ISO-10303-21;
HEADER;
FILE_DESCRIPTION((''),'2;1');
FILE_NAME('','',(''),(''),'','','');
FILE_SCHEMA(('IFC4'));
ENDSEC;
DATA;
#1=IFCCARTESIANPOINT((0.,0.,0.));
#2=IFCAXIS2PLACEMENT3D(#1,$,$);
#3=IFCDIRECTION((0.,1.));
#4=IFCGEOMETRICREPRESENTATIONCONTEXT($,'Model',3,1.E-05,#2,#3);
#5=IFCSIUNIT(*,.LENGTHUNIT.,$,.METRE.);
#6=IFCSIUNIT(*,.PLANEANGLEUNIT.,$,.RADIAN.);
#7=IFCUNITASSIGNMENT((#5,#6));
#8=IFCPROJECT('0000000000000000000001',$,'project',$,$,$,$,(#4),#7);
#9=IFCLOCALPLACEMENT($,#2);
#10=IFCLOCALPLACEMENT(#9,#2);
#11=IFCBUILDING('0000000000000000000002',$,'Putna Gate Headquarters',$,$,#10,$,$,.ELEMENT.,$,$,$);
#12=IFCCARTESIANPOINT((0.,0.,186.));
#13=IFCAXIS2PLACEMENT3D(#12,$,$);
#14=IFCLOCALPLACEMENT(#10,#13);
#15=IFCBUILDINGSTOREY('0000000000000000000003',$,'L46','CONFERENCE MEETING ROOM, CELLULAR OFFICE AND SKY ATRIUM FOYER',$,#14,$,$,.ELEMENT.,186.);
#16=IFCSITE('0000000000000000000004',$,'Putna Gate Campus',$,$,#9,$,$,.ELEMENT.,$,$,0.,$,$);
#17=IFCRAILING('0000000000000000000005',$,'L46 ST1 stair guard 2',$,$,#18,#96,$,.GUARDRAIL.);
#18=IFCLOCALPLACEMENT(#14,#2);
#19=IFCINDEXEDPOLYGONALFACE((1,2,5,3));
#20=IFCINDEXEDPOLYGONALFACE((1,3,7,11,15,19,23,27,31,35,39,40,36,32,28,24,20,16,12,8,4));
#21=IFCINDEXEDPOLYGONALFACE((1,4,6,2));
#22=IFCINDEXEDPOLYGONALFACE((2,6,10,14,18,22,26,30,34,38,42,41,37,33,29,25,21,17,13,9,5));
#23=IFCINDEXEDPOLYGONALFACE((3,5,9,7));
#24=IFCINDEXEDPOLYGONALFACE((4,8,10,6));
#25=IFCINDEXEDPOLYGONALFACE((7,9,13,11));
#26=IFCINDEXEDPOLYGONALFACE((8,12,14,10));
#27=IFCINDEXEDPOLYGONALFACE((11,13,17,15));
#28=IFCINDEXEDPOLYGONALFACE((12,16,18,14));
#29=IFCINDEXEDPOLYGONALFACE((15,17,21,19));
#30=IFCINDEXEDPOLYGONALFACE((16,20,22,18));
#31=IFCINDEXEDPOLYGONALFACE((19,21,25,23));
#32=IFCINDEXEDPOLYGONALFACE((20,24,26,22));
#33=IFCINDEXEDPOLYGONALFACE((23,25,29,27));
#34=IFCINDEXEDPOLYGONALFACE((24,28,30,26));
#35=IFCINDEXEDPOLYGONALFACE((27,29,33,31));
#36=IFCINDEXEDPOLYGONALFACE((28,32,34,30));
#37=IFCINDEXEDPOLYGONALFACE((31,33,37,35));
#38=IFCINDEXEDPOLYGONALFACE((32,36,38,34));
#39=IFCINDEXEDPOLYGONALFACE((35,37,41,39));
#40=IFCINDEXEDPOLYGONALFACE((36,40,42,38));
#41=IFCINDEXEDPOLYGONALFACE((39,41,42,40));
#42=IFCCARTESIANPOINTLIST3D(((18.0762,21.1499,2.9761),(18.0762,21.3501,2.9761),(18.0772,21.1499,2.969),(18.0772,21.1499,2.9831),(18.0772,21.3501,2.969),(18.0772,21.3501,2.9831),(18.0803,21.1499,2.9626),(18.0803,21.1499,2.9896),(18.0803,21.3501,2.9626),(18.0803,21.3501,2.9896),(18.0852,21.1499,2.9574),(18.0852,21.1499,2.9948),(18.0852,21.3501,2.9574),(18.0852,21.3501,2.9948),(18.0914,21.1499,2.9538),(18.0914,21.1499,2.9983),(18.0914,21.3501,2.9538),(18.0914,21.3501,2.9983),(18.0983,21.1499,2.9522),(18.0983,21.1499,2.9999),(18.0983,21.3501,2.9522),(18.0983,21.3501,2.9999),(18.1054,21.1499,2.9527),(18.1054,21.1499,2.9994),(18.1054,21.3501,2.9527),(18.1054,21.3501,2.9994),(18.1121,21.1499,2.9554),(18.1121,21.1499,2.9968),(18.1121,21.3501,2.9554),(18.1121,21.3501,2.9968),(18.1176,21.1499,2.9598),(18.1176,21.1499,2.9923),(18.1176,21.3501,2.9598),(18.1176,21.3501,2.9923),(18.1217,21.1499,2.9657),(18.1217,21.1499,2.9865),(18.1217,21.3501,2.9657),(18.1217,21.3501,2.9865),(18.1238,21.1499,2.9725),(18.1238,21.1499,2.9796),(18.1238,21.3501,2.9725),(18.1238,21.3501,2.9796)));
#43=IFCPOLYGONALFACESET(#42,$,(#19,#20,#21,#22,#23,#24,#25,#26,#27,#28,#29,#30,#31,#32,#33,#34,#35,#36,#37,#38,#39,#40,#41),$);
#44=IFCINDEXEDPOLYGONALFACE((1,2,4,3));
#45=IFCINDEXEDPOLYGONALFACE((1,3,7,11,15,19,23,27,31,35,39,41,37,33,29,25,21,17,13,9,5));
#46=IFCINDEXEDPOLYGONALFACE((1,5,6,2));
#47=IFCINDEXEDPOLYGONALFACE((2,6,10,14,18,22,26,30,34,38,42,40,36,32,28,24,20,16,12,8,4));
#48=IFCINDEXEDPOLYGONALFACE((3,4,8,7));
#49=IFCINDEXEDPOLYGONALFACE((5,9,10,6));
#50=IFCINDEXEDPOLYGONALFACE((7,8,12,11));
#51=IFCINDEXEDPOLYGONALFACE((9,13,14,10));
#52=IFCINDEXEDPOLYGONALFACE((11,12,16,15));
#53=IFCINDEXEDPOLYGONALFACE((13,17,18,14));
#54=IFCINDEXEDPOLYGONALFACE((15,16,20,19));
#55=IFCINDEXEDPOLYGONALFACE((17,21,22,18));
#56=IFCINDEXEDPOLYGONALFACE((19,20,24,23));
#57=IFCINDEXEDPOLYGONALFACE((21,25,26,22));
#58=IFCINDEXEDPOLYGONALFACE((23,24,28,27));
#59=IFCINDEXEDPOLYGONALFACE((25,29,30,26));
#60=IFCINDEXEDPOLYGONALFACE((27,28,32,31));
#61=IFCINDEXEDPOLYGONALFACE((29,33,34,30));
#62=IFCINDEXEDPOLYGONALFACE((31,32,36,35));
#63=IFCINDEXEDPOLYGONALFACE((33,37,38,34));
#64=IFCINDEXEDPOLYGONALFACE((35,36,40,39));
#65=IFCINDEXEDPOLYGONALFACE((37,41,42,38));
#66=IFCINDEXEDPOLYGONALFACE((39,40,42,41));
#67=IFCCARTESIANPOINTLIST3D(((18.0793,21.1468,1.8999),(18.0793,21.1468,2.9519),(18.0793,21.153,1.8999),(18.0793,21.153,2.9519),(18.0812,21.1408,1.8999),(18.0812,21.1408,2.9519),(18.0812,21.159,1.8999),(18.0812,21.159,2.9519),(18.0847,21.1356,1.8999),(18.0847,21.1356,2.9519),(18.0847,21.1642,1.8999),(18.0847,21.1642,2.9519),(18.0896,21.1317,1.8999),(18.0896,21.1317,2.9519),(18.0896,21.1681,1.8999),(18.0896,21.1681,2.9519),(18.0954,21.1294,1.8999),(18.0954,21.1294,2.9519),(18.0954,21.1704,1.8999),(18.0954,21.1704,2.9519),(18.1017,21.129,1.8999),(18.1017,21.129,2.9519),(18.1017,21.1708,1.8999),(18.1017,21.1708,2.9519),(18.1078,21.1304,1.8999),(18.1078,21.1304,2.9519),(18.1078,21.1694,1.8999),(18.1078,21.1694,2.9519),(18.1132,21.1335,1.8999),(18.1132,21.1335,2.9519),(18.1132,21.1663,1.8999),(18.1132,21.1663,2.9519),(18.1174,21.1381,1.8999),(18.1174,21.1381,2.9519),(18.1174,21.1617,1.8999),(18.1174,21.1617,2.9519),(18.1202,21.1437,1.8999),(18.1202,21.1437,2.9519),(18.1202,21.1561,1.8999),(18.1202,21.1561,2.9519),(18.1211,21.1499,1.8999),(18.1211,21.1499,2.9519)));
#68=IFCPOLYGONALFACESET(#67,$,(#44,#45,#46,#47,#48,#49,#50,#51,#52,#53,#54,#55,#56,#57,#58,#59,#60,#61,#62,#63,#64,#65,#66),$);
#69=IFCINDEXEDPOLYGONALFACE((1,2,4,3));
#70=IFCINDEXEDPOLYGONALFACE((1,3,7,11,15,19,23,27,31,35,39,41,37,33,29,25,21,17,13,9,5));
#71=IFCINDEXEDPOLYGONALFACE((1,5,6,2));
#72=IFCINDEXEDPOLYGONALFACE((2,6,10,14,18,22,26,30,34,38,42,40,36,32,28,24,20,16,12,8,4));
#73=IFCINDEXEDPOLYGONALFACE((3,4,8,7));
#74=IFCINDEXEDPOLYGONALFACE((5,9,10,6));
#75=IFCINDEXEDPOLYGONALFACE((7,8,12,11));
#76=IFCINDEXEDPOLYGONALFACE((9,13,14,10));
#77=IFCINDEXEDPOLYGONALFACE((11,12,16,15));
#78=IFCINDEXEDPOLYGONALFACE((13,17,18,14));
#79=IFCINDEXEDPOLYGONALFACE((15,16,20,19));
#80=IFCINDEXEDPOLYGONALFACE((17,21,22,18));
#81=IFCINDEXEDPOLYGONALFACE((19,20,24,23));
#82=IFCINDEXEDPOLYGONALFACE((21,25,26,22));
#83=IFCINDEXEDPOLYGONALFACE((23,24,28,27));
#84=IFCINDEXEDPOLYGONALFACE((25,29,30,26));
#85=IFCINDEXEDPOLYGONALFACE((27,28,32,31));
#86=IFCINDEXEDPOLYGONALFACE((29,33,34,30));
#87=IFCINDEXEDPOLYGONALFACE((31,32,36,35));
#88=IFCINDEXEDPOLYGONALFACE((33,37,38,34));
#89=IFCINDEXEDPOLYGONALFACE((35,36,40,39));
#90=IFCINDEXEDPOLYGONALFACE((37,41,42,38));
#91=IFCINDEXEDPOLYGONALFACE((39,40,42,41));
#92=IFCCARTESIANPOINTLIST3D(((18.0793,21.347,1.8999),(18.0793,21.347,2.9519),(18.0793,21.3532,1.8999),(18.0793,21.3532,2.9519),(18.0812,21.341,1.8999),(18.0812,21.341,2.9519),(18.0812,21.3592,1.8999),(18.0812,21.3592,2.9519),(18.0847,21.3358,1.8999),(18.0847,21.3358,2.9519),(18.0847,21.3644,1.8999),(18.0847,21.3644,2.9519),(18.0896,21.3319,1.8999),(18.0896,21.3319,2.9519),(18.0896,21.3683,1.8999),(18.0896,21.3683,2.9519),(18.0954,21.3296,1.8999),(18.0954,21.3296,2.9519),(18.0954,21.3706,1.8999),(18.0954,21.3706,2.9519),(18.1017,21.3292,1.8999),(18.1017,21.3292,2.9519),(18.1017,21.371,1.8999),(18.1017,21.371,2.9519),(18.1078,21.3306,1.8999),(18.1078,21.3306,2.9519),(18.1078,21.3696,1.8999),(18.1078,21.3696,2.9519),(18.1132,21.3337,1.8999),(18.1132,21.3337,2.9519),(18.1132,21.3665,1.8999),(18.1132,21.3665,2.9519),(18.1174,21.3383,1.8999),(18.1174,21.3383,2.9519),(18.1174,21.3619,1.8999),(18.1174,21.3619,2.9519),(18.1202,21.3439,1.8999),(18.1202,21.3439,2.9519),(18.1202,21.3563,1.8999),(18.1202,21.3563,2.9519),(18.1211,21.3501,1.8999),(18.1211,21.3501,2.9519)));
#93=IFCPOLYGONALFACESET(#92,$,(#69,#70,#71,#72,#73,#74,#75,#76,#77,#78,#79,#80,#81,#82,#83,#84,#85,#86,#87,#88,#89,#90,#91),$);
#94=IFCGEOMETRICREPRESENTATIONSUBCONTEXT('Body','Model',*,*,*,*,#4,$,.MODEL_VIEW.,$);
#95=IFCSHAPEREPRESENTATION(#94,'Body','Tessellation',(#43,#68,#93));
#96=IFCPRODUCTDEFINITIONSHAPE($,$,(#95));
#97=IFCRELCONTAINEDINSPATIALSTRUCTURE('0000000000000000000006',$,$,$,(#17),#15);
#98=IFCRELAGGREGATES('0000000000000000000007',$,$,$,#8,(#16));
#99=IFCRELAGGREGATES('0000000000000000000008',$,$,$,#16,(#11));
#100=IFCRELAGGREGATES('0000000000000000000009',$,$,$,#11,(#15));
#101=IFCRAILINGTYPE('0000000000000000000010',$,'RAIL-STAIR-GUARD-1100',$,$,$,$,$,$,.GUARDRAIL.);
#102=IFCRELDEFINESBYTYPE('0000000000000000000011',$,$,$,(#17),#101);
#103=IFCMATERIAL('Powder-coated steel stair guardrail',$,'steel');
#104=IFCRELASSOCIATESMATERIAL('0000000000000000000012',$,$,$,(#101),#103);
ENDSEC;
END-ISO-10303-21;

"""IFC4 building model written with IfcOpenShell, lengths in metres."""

from ifc_helpers import new_model, si_unit, direction, frame, origin, origin_2d, place, context, subcontext, project, spatial, circle, extrude, material, type_object, element, save


model = new_model("IFC4")

# Units and contexts
model_context = context("Model", 3, precision=1e-05, world=origin(), true_north=direction((0.0, 1.0)))
body_context = subcontext(model_context, "Body", "Model", "MODEL_VIEW")
ifc_project = project(units=[si_unit("LENGTHUNIT", "METRE"), si_unit("PLANEANGLEUNIT", "RADIAN")], contexts=[model_context])

# Site, building, storey
site_placement = place(None, origin())
site = spatial("IfcSite", under=ifc_project, at=site_placement, Name="Putna Gate Campus", CompositionType="ELEMENT", RefElevation=0.0)
building_placement = place(site_placement, origin())
building = spatial("IfcBuilding", under=site, at=building_placement, Name="Putna Gate Headquarters", CompositionType="ELEMENT")
storey_placement = place(building_placement, frame((0.0, 0.0, 186.0)))
storey = spatial("IfcBuildingStorey", under=building, at=storey_placement, Name="L46", Description="CONFERENCE MEETING ROOM, CELLULAR OFFICE AND SKY ATRIUM FOYER", CompositionType="ELEMENT", Elevation=186.0)

# Railing
ifc_material_1 = material(Name="Powder-coated steel stair guardrail", Category="steel")
railing_type = type_object("IfcRailingType", Name="RAIL-STAIR-GUARD-1100", PredefinedType="GUARDRAIL", material=ifc_material_1)
railing_1_placement = place(storey_placement, frame((18.1001, 21.1499, 1.8999)))
element("IfcRailing", 1, at=railing_1_placement, inside=storey, type_object=railing_type, Name="L46 ST1 stair guard 2", PredefinedType="GUARDRAIL", context=body_context, shape_type="SweptSolid", body=[
    extrude(circle(Radius=0.0239, at=origin_2d()), frame((0.0, 0.0, 1.0762), z_axis=(0.0, 1.0, 0.0), x_axis=(-1.0, 0.0, 0.0)), (0.0, 0.0, 1.0), 0.2002),
    extrude(circle(Radius=0.021, at=origin_2d()), origin(), (0.0, 0.0, 1.0), 1.052),
    extrude(circle(Radius=0.021, at=origin_2d()), frame((0.0, 0.2002, 0.0)), (0.0, 0.0, 1.0), 1.052),
])

save(model, "model.ifc")
